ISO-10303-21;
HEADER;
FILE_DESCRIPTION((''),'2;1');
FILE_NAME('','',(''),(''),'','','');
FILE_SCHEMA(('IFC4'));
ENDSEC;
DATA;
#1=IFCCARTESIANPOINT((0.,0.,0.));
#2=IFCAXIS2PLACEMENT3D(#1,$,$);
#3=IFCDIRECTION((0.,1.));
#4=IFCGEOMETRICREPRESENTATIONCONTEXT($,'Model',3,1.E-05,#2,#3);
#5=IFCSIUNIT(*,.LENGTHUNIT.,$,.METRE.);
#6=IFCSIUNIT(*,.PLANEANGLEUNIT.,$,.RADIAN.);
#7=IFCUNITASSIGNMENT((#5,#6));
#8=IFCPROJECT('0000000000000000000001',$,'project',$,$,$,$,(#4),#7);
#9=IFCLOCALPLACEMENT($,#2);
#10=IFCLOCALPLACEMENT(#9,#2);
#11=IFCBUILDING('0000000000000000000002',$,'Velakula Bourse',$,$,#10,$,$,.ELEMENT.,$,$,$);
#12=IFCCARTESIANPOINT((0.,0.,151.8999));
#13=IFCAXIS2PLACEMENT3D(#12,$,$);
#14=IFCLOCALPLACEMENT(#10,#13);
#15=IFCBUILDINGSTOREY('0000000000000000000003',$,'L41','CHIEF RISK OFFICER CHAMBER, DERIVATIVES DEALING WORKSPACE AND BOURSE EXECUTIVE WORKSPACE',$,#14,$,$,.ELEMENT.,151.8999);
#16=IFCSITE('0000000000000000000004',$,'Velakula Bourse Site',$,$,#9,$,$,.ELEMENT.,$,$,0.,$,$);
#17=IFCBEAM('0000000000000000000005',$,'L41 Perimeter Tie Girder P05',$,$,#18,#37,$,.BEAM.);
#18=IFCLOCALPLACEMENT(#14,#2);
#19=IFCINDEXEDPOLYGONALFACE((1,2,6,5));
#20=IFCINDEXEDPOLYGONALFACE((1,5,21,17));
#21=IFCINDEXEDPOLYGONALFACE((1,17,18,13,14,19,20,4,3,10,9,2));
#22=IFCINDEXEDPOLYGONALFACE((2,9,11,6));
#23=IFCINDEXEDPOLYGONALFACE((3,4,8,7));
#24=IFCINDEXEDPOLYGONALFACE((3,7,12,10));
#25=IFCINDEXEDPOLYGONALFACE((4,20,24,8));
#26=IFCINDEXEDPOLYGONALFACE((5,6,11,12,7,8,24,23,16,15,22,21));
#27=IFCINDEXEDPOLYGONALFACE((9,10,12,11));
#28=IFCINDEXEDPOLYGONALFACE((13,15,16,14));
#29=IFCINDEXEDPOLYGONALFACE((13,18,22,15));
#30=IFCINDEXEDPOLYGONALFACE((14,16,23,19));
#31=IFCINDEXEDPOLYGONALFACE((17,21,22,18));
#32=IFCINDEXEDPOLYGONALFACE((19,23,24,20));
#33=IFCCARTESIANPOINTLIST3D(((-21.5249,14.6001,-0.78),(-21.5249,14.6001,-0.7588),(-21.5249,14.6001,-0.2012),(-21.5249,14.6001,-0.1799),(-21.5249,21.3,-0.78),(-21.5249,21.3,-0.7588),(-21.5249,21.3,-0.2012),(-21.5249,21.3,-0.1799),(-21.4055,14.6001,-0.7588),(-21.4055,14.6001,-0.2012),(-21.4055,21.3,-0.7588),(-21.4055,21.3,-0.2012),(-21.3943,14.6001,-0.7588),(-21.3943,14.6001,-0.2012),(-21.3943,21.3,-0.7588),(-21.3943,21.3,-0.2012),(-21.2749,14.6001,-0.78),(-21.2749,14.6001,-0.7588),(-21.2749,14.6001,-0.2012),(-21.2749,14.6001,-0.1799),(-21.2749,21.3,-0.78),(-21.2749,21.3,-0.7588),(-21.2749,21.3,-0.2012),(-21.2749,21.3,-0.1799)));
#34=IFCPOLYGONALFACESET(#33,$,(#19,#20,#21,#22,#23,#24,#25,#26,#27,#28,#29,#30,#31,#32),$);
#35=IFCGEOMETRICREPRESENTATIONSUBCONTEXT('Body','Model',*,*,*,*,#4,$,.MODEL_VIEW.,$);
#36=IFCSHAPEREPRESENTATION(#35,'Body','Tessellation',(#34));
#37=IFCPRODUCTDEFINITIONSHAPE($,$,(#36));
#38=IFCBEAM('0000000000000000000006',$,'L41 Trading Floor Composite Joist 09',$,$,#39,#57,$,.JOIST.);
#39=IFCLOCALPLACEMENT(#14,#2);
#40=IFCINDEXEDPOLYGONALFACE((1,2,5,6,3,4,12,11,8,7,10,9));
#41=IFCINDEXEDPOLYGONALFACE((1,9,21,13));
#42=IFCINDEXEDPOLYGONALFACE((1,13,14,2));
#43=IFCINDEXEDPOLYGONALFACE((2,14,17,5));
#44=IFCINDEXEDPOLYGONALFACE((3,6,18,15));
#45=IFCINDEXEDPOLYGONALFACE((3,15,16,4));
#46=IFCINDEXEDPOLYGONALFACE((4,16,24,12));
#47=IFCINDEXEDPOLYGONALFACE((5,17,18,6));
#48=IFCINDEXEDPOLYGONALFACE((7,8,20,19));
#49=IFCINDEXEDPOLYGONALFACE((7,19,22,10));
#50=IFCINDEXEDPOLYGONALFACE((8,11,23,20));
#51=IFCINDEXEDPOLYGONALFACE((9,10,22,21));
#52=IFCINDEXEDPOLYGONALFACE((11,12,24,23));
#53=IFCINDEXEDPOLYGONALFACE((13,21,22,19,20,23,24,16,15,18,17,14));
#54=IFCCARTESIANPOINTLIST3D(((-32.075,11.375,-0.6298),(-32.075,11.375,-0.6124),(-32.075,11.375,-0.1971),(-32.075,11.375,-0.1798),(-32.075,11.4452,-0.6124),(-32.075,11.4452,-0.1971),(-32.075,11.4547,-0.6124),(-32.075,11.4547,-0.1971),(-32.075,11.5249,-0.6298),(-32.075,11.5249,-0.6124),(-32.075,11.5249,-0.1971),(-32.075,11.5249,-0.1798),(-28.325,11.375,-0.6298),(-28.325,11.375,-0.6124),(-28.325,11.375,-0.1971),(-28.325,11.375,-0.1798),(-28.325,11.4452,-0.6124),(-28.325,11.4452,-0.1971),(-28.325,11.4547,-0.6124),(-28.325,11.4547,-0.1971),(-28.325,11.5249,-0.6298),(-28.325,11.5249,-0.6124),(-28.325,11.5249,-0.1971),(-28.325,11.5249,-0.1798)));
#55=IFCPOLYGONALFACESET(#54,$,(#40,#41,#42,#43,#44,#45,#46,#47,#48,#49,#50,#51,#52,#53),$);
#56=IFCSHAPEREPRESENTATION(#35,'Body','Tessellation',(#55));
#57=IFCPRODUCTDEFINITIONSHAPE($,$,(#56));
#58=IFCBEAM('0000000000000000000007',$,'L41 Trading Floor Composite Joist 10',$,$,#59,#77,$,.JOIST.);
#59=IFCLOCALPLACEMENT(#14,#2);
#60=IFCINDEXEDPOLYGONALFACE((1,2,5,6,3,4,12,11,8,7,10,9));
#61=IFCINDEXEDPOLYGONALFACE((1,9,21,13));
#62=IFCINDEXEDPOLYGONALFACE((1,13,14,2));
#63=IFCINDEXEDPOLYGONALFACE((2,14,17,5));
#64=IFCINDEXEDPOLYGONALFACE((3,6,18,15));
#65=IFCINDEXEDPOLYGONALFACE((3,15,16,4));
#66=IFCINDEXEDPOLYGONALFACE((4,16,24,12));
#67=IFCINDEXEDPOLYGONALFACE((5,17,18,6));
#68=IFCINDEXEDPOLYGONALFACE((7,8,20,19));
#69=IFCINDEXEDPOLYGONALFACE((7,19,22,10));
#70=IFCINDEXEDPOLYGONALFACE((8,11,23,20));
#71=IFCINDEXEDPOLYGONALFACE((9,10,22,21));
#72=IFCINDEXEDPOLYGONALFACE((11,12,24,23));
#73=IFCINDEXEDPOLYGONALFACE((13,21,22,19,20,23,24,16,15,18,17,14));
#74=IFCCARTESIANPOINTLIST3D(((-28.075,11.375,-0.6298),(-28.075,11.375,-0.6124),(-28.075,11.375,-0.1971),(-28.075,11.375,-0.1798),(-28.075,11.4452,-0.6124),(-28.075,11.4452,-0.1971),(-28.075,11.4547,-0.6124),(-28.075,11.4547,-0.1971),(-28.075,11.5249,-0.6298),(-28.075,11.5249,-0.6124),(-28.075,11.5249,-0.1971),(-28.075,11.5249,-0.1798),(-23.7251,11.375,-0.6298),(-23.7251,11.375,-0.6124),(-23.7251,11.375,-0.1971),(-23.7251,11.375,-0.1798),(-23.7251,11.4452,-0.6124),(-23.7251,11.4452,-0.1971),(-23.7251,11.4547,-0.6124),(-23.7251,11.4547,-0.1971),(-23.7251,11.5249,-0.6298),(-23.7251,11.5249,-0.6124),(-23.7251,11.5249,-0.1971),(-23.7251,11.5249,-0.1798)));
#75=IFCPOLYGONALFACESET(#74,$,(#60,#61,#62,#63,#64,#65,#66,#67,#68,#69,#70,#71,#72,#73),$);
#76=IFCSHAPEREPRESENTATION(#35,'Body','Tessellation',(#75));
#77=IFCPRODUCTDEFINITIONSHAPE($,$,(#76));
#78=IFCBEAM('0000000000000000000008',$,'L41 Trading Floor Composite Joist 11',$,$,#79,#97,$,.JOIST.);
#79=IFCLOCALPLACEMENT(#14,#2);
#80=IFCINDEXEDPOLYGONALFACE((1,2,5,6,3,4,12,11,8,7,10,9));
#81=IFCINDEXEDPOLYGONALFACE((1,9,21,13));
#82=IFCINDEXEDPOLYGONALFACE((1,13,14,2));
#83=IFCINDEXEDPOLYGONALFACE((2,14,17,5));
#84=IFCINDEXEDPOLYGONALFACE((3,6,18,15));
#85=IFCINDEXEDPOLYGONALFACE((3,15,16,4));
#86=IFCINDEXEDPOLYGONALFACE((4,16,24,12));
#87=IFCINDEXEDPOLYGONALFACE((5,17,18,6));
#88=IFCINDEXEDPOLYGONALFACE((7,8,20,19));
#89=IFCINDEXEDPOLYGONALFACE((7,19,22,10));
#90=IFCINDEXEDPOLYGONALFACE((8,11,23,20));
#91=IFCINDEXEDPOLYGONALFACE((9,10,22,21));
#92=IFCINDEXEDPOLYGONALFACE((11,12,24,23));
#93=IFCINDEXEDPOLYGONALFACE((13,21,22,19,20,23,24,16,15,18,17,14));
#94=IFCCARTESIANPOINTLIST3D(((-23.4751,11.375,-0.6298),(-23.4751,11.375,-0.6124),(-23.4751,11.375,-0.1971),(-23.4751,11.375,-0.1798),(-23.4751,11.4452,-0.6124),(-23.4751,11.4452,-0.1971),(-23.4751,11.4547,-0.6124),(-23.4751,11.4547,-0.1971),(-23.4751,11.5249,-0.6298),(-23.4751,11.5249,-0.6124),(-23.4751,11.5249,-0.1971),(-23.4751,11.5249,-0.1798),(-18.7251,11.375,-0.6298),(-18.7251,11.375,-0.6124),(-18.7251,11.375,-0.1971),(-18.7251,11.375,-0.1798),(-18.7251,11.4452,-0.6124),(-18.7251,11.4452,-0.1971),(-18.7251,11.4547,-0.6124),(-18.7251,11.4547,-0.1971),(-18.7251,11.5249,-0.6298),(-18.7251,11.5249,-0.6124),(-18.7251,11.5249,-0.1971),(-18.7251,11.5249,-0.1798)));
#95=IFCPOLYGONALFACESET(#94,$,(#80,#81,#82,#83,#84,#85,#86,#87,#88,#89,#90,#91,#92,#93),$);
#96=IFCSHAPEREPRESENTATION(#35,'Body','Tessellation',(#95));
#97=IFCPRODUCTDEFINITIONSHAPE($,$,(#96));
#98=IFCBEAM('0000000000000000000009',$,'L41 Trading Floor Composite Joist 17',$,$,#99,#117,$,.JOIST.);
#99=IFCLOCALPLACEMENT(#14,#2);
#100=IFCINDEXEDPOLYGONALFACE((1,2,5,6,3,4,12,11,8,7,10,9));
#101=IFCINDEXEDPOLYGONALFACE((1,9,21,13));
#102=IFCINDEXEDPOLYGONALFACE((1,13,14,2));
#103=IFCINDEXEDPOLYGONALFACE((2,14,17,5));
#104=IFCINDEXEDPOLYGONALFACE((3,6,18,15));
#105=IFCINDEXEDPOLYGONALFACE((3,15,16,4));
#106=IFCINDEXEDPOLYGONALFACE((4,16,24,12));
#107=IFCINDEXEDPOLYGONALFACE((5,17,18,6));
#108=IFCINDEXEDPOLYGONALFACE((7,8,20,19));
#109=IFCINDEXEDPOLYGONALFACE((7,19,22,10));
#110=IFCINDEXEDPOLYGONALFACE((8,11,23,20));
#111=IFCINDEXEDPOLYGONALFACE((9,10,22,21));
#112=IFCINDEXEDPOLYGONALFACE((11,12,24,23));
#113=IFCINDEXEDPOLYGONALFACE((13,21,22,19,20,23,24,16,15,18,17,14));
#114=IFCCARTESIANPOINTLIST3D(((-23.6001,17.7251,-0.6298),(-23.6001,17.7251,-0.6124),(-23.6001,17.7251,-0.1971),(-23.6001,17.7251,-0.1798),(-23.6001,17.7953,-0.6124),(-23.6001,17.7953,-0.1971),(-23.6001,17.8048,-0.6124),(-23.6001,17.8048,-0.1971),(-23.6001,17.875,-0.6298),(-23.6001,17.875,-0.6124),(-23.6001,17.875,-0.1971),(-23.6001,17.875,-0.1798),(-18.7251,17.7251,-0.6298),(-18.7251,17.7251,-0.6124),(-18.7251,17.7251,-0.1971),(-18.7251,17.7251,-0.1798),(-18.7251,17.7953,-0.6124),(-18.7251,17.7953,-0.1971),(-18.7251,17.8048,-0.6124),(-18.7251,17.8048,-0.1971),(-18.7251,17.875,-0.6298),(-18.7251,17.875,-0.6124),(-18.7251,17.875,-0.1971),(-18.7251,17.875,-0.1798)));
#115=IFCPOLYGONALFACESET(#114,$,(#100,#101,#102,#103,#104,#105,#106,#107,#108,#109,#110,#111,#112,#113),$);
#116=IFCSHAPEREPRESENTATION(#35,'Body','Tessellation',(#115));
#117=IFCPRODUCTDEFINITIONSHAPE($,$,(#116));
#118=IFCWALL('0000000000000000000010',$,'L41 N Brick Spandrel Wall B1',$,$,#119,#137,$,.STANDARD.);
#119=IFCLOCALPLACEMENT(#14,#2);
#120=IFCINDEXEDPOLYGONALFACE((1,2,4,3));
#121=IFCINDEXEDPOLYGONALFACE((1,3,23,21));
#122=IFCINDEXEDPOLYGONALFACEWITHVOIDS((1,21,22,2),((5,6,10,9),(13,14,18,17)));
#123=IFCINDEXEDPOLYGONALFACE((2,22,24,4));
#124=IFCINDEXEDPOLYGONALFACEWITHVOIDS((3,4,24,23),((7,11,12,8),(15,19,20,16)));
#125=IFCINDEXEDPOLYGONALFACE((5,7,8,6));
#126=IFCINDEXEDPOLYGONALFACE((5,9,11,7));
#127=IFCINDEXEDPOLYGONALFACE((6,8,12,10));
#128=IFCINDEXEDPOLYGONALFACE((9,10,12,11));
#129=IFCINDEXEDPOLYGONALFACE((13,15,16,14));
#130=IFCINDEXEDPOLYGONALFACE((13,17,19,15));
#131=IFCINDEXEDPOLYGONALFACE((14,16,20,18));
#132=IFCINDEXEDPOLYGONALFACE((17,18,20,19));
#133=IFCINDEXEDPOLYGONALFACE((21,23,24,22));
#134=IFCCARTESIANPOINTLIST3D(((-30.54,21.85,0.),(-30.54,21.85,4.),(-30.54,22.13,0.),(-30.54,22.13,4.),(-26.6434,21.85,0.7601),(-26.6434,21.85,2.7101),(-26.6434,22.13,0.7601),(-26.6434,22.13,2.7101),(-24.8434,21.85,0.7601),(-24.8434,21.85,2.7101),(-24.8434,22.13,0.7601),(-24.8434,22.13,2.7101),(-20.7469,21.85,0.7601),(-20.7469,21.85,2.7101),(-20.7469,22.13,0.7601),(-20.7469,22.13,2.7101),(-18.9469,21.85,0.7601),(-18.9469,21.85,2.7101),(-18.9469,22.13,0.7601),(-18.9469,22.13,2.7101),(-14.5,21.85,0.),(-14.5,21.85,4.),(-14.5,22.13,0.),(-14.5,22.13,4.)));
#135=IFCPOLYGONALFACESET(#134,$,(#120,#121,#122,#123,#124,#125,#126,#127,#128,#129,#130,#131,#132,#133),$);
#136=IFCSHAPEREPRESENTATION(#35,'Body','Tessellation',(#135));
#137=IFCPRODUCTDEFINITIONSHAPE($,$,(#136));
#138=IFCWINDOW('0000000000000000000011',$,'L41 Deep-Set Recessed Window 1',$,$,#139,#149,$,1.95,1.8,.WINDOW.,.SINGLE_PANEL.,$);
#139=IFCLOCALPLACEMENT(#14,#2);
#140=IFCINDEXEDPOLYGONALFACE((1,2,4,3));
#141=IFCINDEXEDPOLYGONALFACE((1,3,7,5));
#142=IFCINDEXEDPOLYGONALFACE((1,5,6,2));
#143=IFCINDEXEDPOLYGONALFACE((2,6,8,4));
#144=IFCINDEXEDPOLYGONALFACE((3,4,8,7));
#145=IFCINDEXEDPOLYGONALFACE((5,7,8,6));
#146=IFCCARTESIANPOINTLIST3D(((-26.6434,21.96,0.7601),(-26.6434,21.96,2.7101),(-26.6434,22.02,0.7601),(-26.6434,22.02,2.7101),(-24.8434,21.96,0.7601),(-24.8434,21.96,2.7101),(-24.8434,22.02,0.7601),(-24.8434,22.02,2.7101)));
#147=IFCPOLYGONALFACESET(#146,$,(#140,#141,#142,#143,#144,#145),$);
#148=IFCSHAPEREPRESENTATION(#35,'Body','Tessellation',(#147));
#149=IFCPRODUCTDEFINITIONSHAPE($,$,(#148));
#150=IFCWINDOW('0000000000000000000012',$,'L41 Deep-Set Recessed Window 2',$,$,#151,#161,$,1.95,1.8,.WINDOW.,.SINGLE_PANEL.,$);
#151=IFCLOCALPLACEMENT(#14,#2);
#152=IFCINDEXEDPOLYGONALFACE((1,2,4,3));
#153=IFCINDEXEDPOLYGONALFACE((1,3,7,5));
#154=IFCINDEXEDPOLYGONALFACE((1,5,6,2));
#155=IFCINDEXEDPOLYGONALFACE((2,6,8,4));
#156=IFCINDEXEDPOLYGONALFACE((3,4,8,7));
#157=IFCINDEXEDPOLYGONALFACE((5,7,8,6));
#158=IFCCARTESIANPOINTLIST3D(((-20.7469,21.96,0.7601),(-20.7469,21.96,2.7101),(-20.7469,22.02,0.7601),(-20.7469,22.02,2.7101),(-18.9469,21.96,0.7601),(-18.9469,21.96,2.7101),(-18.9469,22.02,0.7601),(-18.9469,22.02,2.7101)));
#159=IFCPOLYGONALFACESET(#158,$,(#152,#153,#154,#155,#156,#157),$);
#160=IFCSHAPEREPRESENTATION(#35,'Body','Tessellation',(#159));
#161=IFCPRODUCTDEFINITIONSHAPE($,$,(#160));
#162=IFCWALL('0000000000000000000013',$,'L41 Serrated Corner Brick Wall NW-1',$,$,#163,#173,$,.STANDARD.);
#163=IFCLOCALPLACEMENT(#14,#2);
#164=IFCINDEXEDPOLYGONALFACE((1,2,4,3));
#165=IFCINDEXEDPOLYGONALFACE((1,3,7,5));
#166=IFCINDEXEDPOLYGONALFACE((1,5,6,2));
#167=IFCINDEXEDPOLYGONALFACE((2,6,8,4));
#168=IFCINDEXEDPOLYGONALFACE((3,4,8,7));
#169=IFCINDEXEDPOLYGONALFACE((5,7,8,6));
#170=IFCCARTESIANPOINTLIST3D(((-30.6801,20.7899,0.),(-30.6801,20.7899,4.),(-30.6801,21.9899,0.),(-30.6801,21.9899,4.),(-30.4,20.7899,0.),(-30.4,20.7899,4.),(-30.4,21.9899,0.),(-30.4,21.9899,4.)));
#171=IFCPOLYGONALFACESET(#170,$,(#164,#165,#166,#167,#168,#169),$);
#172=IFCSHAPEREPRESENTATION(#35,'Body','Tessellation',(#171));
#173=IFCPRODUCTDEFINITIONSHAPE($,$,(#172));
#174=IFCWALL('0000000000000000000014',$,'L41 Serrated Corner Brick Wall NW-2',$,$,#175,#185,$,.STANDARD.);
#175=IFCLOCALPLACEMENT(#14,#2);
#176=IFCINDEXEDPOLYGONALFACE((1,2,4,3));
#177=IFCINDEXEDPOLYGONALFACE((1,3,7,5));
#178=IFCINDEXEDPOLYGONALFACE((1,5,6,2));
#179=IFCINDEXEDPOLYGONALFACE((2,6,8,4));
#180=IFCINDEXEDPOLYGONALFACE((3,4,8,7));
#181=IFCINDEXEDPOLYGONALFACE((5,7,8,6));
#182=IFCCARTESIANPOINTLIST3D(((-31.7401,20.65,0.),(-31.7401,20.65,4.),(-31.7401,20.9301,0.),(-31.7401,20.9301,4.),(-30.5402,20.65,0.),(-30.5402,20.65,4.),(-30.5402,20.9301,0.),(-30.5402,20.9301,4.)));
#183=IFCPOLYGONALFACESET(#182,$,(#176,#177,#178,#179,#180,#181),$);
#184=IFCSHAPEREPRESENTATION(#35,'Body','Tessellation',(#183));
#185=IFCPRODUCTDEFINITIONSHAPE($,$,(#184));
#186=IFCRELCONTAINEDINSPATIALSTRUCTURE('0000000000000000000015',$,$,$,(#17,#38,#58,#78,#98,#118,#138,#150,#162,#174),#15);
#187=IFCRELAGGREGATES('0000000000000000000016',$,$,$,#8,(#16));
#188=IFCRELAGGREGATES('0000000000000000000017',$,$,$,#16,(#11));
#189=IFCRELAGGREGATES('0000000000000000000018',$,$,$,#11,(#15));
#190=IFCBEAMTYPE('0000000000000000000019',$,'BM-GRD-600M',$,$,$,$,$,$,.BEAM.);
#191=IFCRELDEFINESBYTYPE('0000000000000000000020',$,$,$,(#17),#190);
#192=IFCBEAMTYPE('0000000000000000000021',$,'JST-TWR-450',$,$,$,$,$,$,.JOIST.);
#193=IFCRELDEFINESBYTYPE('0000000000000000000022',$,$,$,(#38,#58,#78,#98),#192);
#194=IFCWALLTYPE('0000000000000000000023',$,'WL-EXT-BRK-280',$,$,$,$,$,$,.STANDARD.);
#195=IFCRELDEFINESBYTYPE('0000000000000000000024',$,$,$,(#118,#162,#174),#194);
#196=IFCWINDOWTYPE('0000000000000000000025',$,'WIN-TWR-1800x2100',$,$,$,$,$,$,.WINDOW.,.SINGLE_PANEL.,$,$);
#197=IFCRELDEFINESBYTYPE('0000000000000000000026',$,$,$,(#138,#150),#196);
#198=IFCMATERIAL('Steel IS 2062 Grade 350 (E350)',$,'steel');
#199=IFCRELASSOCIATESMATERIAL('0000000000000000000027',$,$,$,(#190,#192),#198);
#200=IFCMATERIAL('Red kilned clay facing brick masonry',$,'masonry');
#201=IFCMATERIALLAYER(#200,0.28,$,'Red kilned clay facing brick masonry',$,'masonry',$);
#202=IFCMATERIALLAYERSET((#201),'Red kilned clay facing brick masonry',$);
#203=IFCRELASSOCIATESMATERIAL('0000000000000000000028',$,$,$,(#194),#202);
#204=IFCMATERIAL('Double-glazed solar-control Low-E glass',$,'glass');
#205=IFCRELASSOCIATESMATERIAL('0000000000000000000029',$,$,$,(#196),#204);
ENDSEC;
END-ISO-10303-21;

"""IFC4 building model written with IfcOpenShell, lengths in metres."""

from ifc_helpers import new_model, si_unit, direction, frame, frame_2d, origin, origin_2d, place, context, subcontext, project, spatial, rectangle, i_section, extrude, material, layer, layer_set, material_profile, profile_set, type_object, element, fill, save


model = new_model("IFC4")

# Units and contexts
model_context = context("Model", 3, precision=1e-05, world=origin(), true_north=direction((0.0, 1.0)))
body_context = subcontext(model_context, "Body", "Model", "MODEL_VIEW")
ifc_project = project(units=[si_unit("LENGTHUNIT", "METRE"), si_unit("PLANEANGLEUNIT", "RADIAN")], contexts=[model_context])

# Site, building, storey
site_placement = place(None, origin())
site = spatial("IfcSite", under=ifc_project, at=site_placement, Name="Velakula Bourse Site", CompositionType="ELEMENT", RefElevation=0.0)
building_placement = place(site_placement, origin())
building = spatial("IfcBuilding", under=site, at=building_placement, Name="Velakula Bourse", CompositionType="ELEMENT")
storey_placement = place(building_placement, frame((0.0, 0.0, 151.8999)))
storey = spatial("IfcBuildingStorey", under=building, at=storey_placement, Name="L41", Description="CHIEF RISK OFFICER CHAMBER, DERIVATIVES DEALING WORKSPACE AND BOURSE EXECUTIVE WORKSPACE", CompositionType="ELEMENT", Elevation=151.8999)

# Shared definitions
ifc_material_1 = material(Name="Steel IS 2062 Grade 350 (E350)", Category="steel")

# Beams
ifc_material_profile_1 = material_profile(ifc_material_1, i_section(OverallWidth=0.25, OverallDepth=0.6001, WebThickness=0.0112, FlangeThickness=0.0212, at=origin_2d()), Name="Steel IS 2062 Grade 350 (E350)")
ifc_profile_set_1 = profile_set([ifc_material_profile_1], Name="Steel IS 2062 Grade 350 (E350)")
beam_type_1 = type_object("IfcBeamType", Name="BM-GRD-600M", PredefinedType="BEAM", material=ifc_profile_set_1)
beam_1_placement = place(storey_placement, frame((-21.3999, 14.6001, -0.48), z_axis=(0.0, 1.0, 0.0), x_axis=(-1.0, 0.0, 0.0)))
element("IfcBeam", 1, at=beam_1_placement, inside=storey, type_object=beam_type_1, Name="L41 Perimeter Tie Girder P05", PredefinedType="BEAM", context=body_context, shape_type="SweptSolid", body=[
    extrude(i_section(OverallWidth=0.25, OverallDepth=0.6001, WebThickness=0.0112, FlangeThickness=0.0212, at=origin_2d()), origin(), (0.0, 0.0, 1.0), 6.7),
])
ifc_material_profile_2 = material_profile(ifc_material_1, i_section(OverallWidth=0.1499, OverallDepth=0.45, WebThickness=0.0095, FlangeThickness=0.0173, at=origin_2d()), Name="Steel IS 2062 Grade 350 (E350)")
ifc_profile_set_2 = profile_set([ifc_material_profile_2], Name="Steel IS 2062 Grade 350 (E350)")
beam_type_2 = type_object("IfcBeamType", Name="JST-TWR-450", PredefinedType="JOIST", material=ifc_profile_set_2)
beam_2_placement = place(storey_placement, frame((-32.075, 11.45, -0.4048), z_axis=(1.0, 0.0, 0.0), x_axis=(0.0, 1.0, 0.0)))
element("IfcBeam", 2, at=beam_2_placement, inside=storey, type_object=beam_type_2, Name="L41 Trading Floor Composite Joist 09", PredefinedType="JOIST", context=body_context, shape_type="SweptSolid", body=[
    extrude(i_section(OverallWidth=0.1499, OverallDepth=0.45, WebThickness=0.0095, FlangeThickness=0.0173, at=origin_2d()), origin(), (0.0, 0.0, 1.0), 3.75),
])
beam_3_placement = place(storey_placement, frame((-28.075, 11.45, -0.4048), z_axis=(1.0, 0.0, 0.0), x_axis=(0.0, 1.0, 0.0)))
element("IfcBeam", 3, at=beam_3_placement, inside=storey, type_object=beam_type_2, Name="L41 Trading Floor Composite Joist 10", PredefinedType="JOIST", context=body_context, shape_type="SweptSolid", body=[
    extrude(i_section(OverallWidth=0.1499, OverallDepth=0.45, WebThickness=0.0095, FlangeThickness=0.0173, at=origin_2d()), origin(), (0.0, 0.0, 1.0), 4.3499),
])
beam_4_placement = place(storey_placement, frame((-23.4751, 11.45, -0.4048), z_axis=(1.0, 0.0, 0.0), x_axis=(0.0, 1.0, 0.0)))
element("IfcBeam", 4, at=beam_4_placement, inside=storey, type_object=beam_type_2, Name="L41 Trading Floor Composite Joist 11", PredefinedType="JOIST", context=body_context, shape_type="SweptSolid", body=[
    extrude(i_section(OverallWidth=0.1499, OverallDepth=0.45, WebThickness=0.0095, FlangeThickness=0.0173, at=origin_2d()), origin(), (0.0, 0.0, 1.0), 4.75),
])
beam_5_placement = place(storey_placement, frame((-23.6001, 17.8, -0.4048), z_axis=(1.0, 0.0, 0.0), x_axis=(0.0, 1.0, 0.0)))
element("IfcBeam", 5, at=beam_5_placement, inside=storey, type_object=beam_type_2, Name="L41 Trading Floor Composite Joist 17", PredefinedType="JOIST", context=body_context, shape_type="SweptSolid", body=[
    extrude(i_section(OverallWidth=0.1499, OverallDepth=0.45, WebThickness=0.0095, FlangeThickness=0.0173, at=origin_2d()), origin(), (0.0, 0.0, 1.0), 4.875),
])

# Wall, openings, windows
ifc_material_2 = material(Name="Red kilned clay facing brick masonry", Category="masonry")
ifc_layer_1 = layer(ifc_material_2, 0.28, Name="Red kilned clay facing brick masonry", Category="masonry")
ifc_layer_set_1 = layer_set([ifc_layer_1], Name="Red kilned clay facing brick masonry")
wall_type_1 = type_object("IfcWallType", Name="WL-EXT-BRK-280", PredefinedType="STANDARD", material=ifc_layer_set_1)
wall_1_placement = place(storey_placement, frame((-30.54, 21.99, 0.0), z_axis=(0.0, 0.0, 1.0), x_axis=(1.0, 0.0, 0.0)))
wall_1 = element("IfcWall", 6, at=wall_1_placement, inside=storey, type_object=wall_type_1, Name="L41 N Brick Spandrel Wall B1", PredefinedType="STANDARD", context=body_context, shape_type="SweptSolid", body=[
    extrude(rectangle(XDim=16.04, YDim=0.28, at=frame_2d((8.02, 0.0))), origin(), (0.0, 0.0, 1.0), 4.0),
])
opening_1_placement = place(wall_1_placement, frame((3.8967, 0.0, 0.76)))
opening_1 = element("IfcOpeningElement", 7, at=opening_1_placement, cuts=wall_1, PredefinedType="OPENING", context=body_context, shape_type="SweptSolid", body=[
    extrude(rectangle(XDim=1.8, YDim=1.95, at=frame_2d((0.8999, 0.9751))), frame((0.0, 0.1499, 0.0), z_axis=(0.0, -1.0, 0.0), x_axis=(1.0, 0.0, 0.0)), (0.0, 0.0, 1.0), 0.3),
])
opening_2_placement = place(wall_1_placement, frame((9.7932, 0.0, 0.76)))
opening_2 = element("IfcOpeningElement", 8, at=opening_2_placement, cuts=wall_1, PredefinedType="OPENING", context=body_context, shape_type="SweptSolid", body=[
    extrude(rectangle(XDim=1.8, YDim=1.95, at=frame_2d((0.8999, 0.9751))), frame((0.0, 0.1499, 0.0), z_axis=(0.0, -1.0, 0.0), x_axis=(1.0, 0.0, 0.0)), (0.0, 0.0, 1.0), 0.3),
])
ifc_material_3 = material(Name="Double-glazed solar-control Low-E glass", Category="glass")
window_type = type_object("IfcWindowType", Name="WIN-TWR-1800x2100", PartitioningType="SINGLE_PANEL", PredefinedType="WINDOW", material=ifc_material_3)
window_1_placement = place(opening_1_placement, origin())
window_1 = element("IfcWindow", 9, at=window_1_placement, inside=storey, type_object=window_type, Name="L41 Deep-Set Recessed Window 1", OverallHeight=1.95, OverallWidth=1.8, PartitioningType="SINGLE_PANEL", PredefinedType="WINDOW", context=body_context, shape_type="SweptSolid", body=[
    extrude(rectangle(XDim=1.8, YDim=1.95, at=frame_2d((0.8999, 0.9751))), frame((0.0, 0.03, 0.0), z_axis=(0.0, -1.0, 0.0), x_axis=(1.0, 0.0, 0.0)), (0.0, 0.0, 1.0), 0.0601),
])
fill(opening_1, window_1)
window_2_placement = place(opening_2_placement, origin())
window_2 = element("IfcWindow", 10, at=window_2_placement, inside=storey, type_object=window_type, Name="L41 Deep-Set Recessed Window 2", OverallHeight=1.95, OverallWidth=1.8, PartitioningType="SINGLE_PANEL", PredefinedType="WINDOW", context=body_context, shape_type="SweptSolid", body=[
    extrude(rectangle(XDim=1.8, YDim=1.95, at=frame_2d((0.8999, 0.9751))), frame((0.0, 0.03, 0.0), z_axis=(0.0, -1.0, 0.0), x_axis=(1.0, 0.0, 0.0)), (0.0, 0.0, 1.0), 0.0601),
])
fill(opening_2, window_2)

# Walls
for number, where, z_axis, x_axis, name in (
    (11, (-30.54, 21.99, 0.0), (0.0, 0.0, 1.0), (0.0, -1.0, 0.0), "L41 Serrated Corner Brick Wall NW-1"),
    (12, (-30.54, 20.79, 0.0), (0.0, 0.0, 1.0), (-1.0, 0.0, 0.0), "L41 Serrated Corner Brick Wall NW-2"),
):
    element("IfcWall", number, at=place(storey_placement, frame(where, z_axis=z_axis, x_axis=x_axis)), inside=storey, type_object=wall_type_1, Name=name, PredefinedType="STANDARD", context=body_context, shape_type="SweptSolid", body=[
        extrude(rectangle(XDim=1.2, YDim=0.28, at=frame_2d((0.6001, 0.0))), origin(), (0.0, 0.0, 1.0), 4.0),
    ])

save(model, "model.ifc")
